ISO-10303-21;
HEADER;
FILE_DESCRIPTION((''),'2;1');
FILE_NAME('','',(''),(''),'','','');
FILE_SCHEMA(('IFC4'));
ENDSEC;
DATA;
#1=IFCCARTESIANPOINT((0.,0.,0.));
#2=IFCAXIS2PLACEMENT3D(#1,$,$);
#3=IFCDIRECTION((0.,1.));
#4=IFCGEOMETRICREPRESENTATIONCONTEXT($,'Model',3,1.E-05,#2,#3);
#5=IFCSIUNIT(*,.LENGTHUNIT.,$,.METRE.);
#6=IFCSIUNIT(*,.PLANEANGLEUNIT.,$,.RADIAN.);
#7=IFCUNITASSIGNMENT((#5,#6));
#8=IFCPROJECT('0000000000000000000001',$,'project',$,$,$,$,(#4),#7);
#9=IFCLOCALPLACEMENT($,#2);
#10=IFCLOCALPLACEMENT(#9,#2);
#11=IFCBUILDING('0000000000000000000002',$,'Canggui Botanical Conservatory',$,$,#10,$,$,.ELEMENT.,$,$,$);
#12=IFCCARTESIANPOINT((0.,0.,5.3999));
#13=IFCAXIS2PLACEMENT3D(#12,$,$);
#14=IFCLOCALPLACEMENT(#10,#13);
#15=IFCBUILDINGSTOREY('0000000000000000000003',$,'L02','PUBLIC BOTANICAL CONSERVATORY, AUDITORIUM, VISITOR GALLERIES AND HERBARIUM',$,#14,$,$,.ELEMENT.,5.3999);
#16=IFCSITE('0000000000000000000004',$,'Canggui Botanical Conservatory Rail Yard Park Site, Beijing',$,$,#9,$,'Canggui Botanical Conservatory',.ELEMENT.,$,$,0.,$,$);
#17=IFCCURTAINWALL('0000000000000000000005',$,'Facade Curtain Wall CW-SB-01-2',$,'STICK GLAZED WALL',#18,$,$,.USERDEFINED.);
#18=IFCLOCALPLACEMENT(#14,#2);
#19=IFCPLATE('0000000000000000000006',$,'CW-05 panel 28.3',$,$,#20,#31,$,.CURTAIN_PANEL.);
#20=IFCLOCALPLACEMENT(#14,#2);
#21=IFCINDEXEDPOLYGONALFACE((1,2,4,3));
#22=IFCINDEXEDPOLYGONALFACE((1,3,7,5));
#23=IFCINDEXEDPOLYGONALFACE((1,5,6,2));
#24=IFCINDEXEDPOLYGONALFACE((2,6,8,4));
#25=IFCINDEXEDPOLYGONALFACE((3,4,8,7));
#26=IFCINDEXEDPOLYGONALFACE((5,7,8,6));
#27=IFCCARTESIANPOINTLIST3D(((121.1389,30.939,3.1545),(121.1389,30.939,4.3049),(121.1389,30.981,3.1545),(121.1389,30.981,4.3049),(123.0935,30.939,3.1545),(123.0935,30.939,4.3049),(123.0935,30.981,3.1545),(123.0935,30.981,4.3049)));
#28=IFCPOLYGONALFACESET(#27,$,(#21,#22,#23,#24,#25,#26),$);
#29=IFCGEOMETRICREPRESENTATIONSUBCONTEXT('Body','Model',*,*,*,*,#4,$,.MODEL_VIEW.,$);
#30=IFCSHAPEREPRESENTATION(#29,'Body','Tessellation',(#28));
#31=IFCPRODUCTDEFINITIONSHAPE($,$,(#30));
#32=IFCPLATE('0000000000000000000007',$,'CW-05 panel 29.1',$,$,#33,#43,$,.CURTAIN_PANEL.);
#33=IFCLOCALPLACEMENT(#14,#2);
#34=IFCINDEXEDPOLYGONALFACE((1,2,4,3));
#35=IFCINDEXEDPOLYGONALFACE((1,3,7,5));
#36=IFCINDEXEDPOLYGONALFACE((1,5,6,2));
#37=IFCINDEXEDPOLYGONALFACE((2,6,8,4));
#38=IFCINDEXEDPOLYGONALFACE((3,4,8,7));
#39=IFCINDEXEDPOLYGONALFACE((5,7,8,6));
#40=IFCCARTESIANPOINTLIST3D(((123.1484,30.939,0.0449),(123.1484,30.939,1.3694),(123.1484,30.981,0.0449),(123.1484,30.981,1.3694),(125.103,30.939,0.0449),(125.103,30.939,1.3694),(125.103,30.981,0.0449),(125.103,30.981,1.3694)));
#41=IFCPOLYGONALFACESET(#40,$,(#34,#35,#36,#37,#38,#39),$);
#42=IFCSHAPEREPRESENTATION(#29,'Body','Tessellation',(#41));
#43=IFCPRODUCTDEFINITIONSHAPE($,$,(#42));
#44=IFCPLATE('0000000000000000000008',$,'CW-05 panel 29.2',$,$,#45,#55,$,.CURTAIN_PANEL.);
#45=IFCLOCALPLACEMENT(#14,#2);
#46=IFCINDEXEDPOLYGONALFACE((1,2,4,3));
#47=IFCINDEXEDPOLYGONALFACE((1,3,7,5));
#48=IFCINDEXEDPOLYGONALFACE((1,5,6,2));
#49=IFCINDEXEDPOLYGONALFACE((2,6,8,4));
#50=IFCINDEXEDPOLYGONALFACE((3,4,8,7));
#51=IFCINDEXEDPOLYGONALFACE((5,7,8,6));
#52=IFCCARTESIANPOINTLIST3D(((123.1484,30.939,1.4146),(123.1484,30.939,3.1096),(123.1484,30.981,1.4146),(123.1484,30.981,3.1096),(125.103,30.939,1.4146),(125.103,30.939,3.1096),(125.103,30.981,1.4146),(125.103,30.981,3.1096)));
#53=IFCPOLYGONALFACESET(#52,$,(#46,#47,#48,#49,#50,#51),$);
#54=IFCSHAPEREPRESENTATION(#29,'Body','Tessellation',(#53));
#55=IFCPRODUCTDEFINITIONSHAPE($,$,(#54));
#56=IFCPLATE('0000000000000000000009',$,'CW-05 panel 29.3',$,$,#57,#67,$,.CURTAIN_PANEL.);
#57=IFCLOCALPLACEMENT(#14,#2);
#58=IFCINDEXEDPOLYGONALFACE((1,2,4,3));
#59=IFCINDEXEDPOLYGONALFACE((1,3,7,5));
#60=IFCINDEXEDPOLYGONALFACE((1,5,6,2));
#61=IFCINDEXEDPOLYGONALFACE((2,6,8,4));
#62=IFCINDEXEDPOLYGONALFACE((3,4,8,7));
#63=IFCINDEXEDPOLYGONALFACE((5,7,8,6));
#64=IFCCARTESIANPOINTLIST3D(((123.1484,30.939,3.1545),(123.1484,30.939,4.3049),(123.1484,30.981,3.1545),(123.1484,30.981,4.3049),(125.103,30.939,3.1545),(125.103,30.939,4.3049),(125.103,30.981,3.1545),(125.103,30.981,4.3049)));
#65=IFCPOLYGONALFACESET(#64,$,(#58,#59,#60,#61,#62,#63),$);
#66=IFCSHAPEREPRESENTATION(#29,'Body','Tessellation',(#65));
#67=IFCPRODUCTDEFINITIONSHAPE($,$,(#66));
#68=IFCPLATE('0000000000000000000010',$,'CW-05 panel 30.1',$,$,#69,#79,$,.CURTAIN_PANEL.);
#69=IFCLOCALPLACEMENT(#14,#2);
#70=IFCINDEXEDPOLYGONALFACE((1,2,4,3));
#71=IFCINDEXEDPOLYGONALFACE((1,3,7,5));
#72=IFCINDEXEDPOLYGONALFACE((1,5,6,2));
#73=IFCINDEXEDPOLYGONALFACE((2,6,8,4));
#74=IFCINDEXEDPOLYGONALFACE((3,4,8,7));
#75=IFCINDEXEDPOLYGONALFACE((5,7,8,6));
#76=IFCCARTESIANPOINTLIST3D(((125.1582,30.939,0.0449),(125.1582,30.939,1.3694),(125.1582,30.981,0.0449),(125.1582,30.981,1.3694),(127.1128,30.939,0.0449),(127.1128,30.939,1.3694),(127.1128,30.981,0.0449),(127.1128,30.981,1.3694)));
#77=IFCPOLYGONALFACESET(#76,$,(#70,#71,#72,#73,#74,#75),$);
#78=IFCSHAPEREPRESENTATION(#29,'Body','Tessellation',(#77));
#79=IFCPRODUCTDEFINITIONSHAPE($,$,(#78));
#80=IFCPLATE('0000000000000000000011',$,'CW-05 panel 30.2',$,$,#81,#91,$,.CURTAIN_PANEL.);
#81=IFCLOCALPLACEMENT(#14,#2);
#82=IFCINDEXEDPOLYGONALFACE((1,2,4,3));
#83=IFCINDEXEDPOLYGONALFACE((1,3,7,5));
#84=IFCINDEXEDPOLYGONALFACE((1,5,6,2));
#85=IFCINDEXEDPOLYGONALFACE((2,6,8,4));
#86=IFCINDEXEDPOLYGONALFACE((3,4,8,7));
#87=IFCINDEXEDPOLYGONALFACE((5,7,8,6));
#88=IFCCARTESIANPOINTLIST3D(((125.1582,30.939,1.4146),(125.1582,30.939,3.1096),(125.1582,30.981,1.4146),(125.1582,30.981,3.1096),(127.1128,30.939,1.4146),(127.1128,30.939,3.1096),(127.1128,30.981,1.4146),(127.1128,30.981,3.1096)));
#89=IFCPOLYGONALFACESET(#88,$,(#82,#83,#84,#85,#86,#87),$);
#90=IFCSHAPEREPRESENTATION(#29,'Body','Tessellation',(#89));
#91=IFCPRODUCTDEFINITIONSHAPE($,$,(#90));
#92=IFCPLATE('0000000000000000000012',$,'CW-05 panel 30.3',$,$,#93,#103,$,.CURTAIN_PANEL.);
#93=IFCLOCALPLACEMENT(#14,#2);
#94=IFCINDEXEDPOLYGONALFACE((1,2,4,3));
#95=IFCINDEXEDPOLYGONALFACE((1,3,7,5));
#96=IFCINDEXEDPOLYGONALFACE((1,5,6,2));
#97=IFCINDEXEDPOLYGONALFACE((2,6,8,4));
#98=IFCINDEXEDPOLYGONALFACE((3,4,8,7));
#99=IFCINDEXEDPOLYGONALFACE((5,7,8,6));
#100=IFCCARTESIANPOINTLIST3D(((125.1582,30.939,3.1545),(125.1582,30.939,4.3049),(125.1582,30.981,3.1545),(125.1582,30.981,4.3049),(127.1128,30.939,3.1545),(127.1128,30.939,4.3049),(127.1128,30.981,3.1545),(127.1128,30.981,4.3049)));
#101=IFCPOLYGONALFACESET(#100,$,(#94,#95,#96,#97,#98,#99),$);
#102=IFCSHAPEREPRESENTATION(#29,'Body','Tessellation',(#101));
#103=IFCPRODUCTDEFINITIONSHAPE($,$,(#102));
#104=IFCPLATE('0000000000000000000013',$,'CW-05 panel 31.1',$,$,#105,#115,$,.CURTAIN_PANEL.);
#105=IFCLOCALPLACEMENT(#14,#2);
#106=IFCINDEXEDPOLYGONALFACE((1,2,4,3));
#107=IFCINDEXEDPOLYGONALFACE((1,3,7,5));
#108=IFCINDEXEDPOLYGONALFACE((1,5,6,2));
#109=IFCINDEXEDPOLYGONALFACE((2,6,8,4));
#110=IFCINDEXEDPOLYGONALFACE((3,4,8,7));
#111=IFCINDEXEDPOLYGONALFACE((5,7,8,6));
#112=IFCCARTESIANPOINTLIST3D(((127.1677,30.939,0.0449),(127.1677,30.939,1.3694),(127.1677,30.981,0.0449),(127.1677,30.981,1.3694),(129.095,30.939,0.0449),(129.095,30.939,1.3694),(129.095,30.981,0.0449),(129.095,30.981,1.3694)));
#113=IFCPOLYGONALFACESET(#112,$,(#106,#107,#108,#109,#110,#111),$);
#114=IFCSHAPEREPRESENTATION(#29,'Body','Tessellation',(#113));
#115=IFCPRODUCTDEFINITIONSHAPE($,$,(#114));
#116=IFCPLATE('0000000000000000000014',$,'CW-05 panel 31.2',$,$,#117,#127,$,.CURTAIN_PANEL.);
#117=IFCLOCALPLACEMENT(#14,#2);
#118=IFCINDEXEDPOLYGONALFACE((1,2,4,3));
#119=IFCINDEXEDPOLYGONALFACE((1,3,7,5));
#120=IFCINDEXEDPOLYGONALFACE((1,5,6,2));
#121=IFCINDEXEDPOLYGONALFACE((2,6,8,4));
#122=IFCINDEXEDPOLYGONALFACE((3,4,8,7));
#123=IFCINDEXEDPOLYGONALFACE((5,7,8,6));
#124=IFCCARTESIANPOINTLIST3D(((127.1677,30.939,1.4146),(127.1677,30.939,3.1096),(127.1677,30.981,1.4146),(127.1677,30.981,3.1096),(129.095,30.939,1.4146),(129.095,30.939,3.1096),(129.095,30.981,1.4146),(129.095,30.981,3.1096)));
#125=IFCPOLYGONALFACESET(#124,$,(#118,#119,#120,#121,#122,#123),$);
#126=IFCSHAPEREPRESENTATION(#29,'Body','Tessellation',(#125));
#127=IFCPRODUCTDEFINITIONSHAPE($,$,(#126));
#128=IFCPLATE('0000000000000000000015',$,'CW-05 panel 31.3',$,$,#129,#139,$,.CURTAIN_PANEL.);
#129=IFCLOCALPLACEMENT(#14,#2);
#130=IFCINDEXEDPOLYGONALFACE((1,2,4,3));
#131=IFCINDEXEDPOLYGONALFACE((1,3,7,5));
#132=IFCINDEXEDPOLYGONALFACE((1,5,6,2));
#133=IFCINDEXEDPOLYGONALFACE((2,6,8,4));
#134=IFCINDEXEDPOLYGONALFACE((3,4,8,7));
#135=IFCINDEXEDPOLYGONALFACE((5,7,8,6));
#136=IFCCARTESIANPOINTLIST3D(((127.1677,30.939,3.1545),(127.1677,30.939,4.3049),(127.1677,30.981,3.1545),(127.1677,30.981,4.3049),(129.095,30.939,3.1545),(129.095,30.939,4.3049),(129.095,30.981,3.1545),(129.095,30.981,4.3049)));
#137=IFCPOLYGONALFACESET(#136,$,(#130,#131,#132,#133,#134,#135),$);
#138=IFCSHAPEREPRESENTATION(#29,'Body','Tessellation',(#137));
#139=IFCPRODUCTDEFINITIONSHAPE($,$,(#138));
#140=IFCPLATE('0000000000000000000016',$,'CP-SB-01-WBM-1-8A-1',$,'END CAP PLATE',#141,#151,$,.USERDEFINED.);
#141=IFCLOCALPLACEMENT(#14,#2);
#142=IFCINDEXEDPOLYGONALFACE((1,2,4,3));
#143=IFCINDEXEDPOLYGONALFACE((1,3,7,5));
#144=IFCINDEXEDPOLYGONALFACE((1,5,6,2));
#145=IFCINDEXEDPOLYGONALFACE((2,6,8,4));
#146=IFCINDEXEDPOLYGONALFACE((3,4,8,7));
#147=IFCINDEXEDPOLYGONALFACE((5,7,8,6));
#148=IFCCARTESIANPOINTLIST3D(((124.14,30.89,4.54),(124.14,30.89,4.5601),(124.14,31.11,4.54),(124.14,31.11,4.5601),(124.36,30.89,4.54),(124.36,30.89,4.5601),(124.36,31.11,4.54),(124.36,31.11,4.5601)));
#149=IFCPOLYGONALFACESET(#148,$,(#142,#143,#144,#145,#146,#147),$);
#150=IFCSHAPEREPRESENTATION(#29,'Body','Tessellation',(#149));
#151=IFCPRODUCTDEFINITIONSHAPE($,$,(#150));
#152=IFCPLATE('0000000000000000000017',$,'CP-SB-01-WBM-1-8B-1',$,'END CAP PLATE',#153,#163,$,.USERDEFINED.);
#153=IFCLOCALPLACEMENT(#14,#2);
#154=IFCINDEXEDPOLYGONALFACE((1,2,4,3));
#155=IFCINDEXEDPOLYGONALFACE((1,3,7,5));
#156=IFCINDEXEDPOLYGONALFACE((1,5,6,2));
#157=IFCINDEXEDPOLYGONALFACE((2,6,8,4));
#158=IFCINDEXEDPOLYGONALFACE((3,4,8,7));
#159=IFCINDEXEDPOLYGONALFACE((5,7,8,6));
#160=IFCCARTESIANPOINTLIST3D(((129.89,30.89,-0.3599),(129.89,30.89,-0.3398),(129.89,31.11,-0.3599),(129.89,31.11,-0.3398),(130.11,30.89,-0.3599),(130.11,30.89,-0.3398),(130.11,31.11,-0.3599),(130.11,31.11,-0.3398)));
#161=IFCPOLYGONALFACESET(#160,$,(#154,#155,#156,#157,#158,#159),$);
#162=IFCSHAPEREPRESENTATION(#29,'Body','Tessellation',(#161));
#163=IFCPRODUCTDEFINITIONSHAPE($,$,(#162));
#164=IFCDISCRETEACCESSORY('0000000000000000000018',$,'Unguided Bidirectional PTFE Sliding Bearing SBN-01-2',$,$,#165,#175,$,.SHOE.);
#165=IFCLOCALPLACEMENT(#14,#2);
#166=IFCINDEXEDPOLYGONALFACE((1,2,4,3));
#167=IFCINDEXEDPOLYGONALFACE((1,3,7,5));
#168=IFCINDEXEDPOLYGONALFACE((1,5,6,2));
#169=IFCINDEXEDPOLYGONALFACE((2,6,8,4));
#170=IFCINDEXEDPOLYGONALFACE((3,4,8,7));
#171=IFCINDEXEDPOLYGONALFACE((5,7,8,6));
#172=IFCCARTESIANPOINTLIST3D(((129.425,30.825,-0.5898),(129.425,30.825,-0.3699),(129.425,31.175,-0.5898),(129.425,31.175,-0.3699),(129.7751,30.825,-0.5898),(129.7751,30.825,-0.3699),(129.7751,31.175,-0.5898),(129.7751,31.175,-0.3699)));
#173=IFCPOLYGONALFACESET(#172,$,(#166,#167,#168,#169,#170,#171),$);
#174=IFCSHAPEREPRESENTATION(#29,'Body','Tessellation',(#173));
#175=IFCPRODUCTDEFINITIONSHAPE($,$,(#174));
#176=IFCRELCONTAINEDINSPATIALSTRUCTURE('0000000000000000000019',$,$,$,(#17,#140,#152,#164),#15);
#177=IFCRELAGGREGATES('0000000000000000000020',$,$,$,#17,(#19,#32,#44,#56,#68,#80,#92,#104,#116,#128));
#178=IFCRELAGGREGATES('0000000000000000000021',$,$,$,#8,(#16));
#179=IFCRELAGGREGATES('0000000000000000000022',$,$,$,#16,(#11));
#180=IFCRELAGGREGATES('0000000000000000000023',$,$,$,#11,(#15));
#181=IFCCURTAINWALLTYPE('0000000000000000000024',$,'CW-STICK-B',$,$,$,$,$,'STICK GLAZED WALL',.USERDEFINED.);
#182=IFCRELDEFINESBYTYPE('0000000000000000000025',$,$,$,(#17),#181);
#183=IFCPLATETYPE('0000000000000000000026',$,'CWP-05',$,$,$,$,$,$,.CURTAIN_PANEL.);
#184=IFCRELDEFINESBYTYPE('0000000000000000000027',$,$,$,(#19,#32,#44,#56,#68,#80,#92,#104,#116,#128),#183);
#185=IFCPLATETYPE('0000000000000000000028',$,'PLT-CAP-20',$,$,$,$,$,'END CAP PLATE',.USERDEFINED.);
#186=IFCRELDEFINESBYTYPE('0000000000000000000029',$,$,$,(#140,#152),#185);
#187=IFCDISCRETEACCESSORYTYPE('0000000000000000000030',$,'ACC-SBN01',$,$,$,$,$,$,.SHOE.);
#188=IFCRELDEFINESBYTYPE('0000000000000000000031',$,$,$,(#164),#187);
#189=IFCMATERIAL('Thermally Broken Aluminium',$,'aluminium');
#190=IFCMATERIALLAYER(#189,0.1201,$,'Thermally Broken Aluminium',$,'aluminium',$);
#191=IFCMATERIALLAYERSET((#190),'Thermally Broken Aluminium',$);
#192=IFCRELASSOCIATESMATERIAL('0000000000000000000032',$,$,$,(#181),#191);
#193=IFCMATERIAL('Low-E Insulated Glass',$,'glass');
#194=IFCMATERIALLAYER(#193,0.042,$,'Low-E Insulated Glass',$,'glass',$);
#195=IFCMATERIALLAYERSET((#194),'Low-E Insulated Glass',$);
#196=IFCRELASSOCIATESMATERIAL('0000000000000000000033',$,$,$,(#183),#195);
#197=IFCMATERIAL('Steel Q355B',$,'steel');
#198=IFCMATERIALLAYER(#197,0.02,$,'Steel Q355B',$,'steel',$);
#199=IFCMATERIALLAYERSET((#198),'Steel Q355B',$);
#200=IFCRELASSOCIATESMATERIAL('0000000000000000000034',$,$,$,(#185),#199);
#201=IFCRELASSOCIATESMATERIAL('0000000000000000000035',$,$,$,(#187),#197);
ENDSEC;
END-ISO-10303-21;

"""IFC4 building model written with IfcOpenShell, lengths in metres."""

from ifc_helpers import new_model, si_unit, direction, frame, origin, origin_2d, place, context, subcontext, project, spatial, rectangle, extrude, material, layer, layer_set, type_object, element, aggregate, save


model = new_model("IFC4")

# Units and contexts
model_context = context("Model", 3, precision=1e-05, world=origin(), true_north=direction((0.0, 1.0)))
body_context = subcontext(model_context, "Body", "Model", "MODEL_VIEW")
ifc_project = project(units=[si_unit("LENGTHUNIT", "METRE"), si_unit("PLANEANGLEUNIT", "RADIAN")], contexts=[model_context])

# Site, building, storey
site_placement = place(None, origin())
site = spatial("IfcSite", under=ifc_project, at=site_placement, Name="Canggui Botanical Conservatory Rail Yard Park Site, Beijing", LongName="Canggui Botanical Conservatory", CompositionType="ELEMENT", RefElevation=0.0)
building_placement = place(site_placement, origin())
building = spatial("IfcBuilding", under=site, at=building_placement, Name="Canggui Botanical Conservatory", CompositionType="ELEMENT")
storey_placement = place(building_placement, frame((0.0, 0.0, 5.3999)))
storey = spatial("IfcBuildingStorey", under=building, at=storey_placement, Name="L02", Description="PUBLIC BOTANICAL CONSERVATORY, AUDITORIUM, VISITOR GALLERIES AND HERBARIUM", CompositionType="ELEMENT", Elevation=5.3999)

# Curtain wall
ifc_material_1 = material(Name="Thermally Broken Aluminium", Category="aluminium")
ifc_layer_1 = layer(ifc_material_1, 0.1201, Name="Thermally Broken Aluminium", Category="aluminium")
ifc_layer_set_1 = layer_set([ifc_layer_1], Name="Thermally Broken Aluminium")
curtain_wall_type = type_object("IfcCurtainWallType", Name="CW-STICK-B", ElementType="STICK GLAZED WALL", PredefinedType="USERDEFINED", material=ifc_layer_set_1)
curtain_wall_placement = place(storey_placement, origin())
curtain_wall = element("IfcCurtainWall", 1, at=curtain_wall_placement, inside=storey, type_object=curtain_wall_type, Name="Facade Curtain Wall CW-SB-01-2", ObjectType="STICK GLAZED WALL", PredefinedType="USERDEFINED")

# Plates
ifc_material_2 = material(Name="Low-E Insulated Glass", Category="glass")
ifc_layer_2 = layer(ifc_material_2, 0.042, Name="Low-E Insulated Glass", Category="glass")
ifc_layer_set_2 = layer_set([ifc_layer_2], Name="Low-E Insulated Glass")
plate_type_1 = type_object("IfcPlateType", Name="CWP-05", PredefinedType="CURTAIN_PANEL", material=ifc_layer_set_2)
plate_1_placement = place(storey_placement, frame((122.1162, 30.96, 3.1545), z_axis=(0.0, 0.0, 1.0), x_axis=(1.0, 0.0, 0.0)))
plate_1 = element("IfcPlate", 2, at=plate_1_placement, type_object=plate_type_1, Name="CW-05 panel 28.3", PredefinedType="CURTAIN_PANEL", context=body_context, shape_type="SweptSolid", body=[
    extrude(rectangle(XDim=1.9546, YDim=0.042, at=origin_2d()), origin(), (0.0, 0.0, 1.0), 1.1504),
])
plate_2_placement = place(storey_placement, frame((124.1257, 30.96, 0.0449), z_axis=(0.0, 0.0, 1.0), x_axis=(1.0, 0.0, 0.0)))
plate_2 = element("IfcPlate", 3, at=plate_2_placement, type_object=plate_type_1, Name="CW-05 panel 29.1", PredefinedType="CURTAIN_PANEL", context=body_context, shape_type="SweptSolid", body=[
    extrude(rectangle(XDim=1.9546, YDim=0.042, at=origin_2d()), origin(), (0.0, 0.0, 1.0), 1.3245),
])
plate_3_placement = place(storey_placement, frame((124.1257, 30.96, 1.4146), z_axis=(0.0, 0.0, 1.0), x_axis=(1.0, 0.0, 0.0)))
plate_3 = element("IfcPlate", 4, at=plate_3_placement, type_object=plate_type_1, Name="CW-05 panel 29.2", PredefinedType="CURTAIN_PANEL", context=body_context, shape_type="SweptSolid", body=[
    extrude(rectangle(XDim=1.9546, YDim=0.042, at=origin_2d()), origin(), (0.0, 0.0, 1.0), 1.6951),
])
plate_4_placement = place(storey_placement, frame((124.1257, 30.96, 3.1545), z_axis=(0.0, 0.0, 1.0), x_axis=(1.0, 0.0, 0.0)))
plate_4 = element("IfcPlate", 5, at=plate_4_placement, type_object=plate_type_1, Name="CW-05 panel 29.3", PredefinedType="CURTAIN_PANEL", context=body_context, shape_type="SweptSolid", body=[
    extrude(rectangle(XDim=1.9546, YDim=0.042, at=origin_2d()), origin(), (0.0, 0.0, 1.0), 1.1504),
])
plate_5_placement = place(storey_placement, frame((126.1355, 30.96, 0.0449), z_axis=(0.0, 0.0, 1.0), x_axis=(1.0, 0.0, 0.0)))
plate_5 = element("IfcPlate", 6, at=plate_5_placement, type_object=plate_type_1, Name="CW-05 panel 30.1", PredefinedType="CURTAIN_PANEL", context=body_context, shape_type="SweptSolid", body=[
    extrude(rectangle(XDim=1.9546, YDim=0.042, at=origin_2d()), origin(), (0.0, 0.0, 1.0), 1.3245),
])
plate_6_placement = place(storey_placement, frame((126.1355, 30.96, 1.4146), z_axis=(0.0, 0.0, 1.0), x_axis=(1.0, 0.0, 0.0)))
plate_6 = element("IfcPlate", 7, at=plate_6_placement, type_object=plate_type_1, Name="CW-05 panel 30.2", PredefinedType="CURTAIN_PANEL", context=body_context, shape_type="SweptSolid", body=[
    extrude(rectangle(XDim=1.9546, YDim=0.042, at=origin_2d()), origin(), (0.0, 0.0, 1.0), 1.6951),
])
plate_7_placement = place(storey_placement, frame((126.1355, 30.96, 3.1545), z_axis=(0.0, 0.0, 1.0), x_axis=(1.0, 0.0, 0.0)))
plate_7 = element("IfcPlate", 8, at=plate_7_placement, type_object=plate_type_1, Name="CW-05 panel 30.3", PredefinedType="CURTAIN_PANEL", context=body_context, shape_type="SweptSolid", body=[
    extrude(rectangle(XDim=1.9546, YDim=0.042, at=origin_2d()), origin(), (0.0, 0.0, 1.0), 1.1504),
])
plate_8_placement = place(storey_placement, frame((128.1313, 30.96, 0.0449), z_axis=(0.0, 0.0, 1.0), x_axis=(1.0, 0.0, 0.0)))
plate_8 = element("IfcPlate", 9, at=plate_8_placement, type_object=plate_type_1, Name="CW-05 panel 31.1", PredefinedType="CURTAIN_PANEL", context=body_context, shape_type="SweptSolid", body=[
    extrude(rectangle(XDim=1.9272, YDim=0.042, at=origin_2d()), origin(), (0.0, 0.0, 1.0), 1.3245),
])
plate_9_placement = place(storey_placement, frame((128.1313, 30.96, 1.4146), z_axis=(0.0, 0.0, 1.0), x_axis=(1.0, 0.0, 0.0)))
plate_9 = element("IfcPlate", 10, at=plate_9_placement, type_object=plate_type_1, Name="CW-05 panel 31.2", PredefinedType="CURTAIN_PANEL", context=body_context, shape_type="SweptSolid", body=[
    extrude(rectangle(XDim=1.9272, YDim=0.042, at=origin_2d()), origin(), (0.0, 0.0, 1.0), 1.6951),
])
plate_10_placement = place(storey_placement, frame((128.1313, 30.96, 3.1545), z_axis=(0.0, 0.0, 1.0), x_axis=(1.0, 0.0, 0.0)))
plate_10 = element("IfcPlate", 11, at=plate_10_placement, type_object=plate_type_1, Name="CW-05 panel 31.3", PredefinedType="CURTAIN_PANEL", context=body_context, shape_type="SweptSolid", body=[
    extrude(rectangle(XDim=1.9272, YDim=0.042, at=origin_2d()), origin(), (0.0, 0.0, 1.0), 1.1504),
])
aggregate(curtain_wall, [plate_1, plate_2, plate_3, plate_4, plate_5, plate_6, plate_7, plate_8, plate_9, plate_10])

# Plates
ifc_material_3 = material(Name="Steel Q355B", Category="steel")
ifc_layer_3 = layer(ifc_material_3, 0.02, Name="Steel Q355B", Category="steel")
ifc_layer_set_3 = layer_set([ifc_layer_3], Name="Steel Q355B")
plate_type_2 = type_object("IfcPlateType", Name="PLT-CAP-20", ElementType="END CAP PLATE", PredefinedType="USERDEFINED", material=ifc_layer_set_3)
for number, where, z_axis, x_axis, name in (
    (12, (124.25, 31.0, 4.54), (0.0, 0.0, 1.0), (1.0, 0.0, 0.0), "CP-SB-01-WBM-1-8A-1"),
    (13, (130.0, 31.0, -0.3599), (0.0, 0.0, 1.0), (1.0, 0.0, 0.0), "CP-SB-01-WBM-1-8B-1"),
):
    element("IfcPlate", number, at=place(storey_placement, frame(where, z_axis=z_axis, x_axis=x_axis)), inside=storey, type_object=plate_type_2, Name=name, ObjectType="END CAP PLATE", PredefinedType="USERDEFINED", context=body_context, shape_type="SweptSolid", body=[
        extrude(rectangle(XDim=0.22, YDim=0.22, at=origin_2d()), origin(), (0.0, 0.0, 1.0), 0.02),
    ])

# Discrete accessory
discrete_accessory_type = type_object("IfcDiscreteAccessoryType", Name="ACC-SBN01", PredefinedType="SHOE", material=ifc_material_3)
discrete_accessory_placement = place(storey_placement, frame((129.6001, 31.0, -0.5898), z_axis=(0.0, 0.0, 1.0), x_axis=(1.0, 0.0, 0.0)))
element("IfcDiscreteAccessory", 14, at=discrete_accessory_placement, inside=storey, type_object=discrete_accessory_type, Name="Unguided Bidirectional PTFE Sliding Bearing SBN-01-2", PredefinedType="SHOE", context=body_context, shape_type="SweptSolid", body=[
    extrude(rectangle(XDim=0.3501, YDim=0.3501, at=origin_2d()), origin(), (0.0, 0.0, 1.0), 0.22),
])

save(model, "model.ifc")
